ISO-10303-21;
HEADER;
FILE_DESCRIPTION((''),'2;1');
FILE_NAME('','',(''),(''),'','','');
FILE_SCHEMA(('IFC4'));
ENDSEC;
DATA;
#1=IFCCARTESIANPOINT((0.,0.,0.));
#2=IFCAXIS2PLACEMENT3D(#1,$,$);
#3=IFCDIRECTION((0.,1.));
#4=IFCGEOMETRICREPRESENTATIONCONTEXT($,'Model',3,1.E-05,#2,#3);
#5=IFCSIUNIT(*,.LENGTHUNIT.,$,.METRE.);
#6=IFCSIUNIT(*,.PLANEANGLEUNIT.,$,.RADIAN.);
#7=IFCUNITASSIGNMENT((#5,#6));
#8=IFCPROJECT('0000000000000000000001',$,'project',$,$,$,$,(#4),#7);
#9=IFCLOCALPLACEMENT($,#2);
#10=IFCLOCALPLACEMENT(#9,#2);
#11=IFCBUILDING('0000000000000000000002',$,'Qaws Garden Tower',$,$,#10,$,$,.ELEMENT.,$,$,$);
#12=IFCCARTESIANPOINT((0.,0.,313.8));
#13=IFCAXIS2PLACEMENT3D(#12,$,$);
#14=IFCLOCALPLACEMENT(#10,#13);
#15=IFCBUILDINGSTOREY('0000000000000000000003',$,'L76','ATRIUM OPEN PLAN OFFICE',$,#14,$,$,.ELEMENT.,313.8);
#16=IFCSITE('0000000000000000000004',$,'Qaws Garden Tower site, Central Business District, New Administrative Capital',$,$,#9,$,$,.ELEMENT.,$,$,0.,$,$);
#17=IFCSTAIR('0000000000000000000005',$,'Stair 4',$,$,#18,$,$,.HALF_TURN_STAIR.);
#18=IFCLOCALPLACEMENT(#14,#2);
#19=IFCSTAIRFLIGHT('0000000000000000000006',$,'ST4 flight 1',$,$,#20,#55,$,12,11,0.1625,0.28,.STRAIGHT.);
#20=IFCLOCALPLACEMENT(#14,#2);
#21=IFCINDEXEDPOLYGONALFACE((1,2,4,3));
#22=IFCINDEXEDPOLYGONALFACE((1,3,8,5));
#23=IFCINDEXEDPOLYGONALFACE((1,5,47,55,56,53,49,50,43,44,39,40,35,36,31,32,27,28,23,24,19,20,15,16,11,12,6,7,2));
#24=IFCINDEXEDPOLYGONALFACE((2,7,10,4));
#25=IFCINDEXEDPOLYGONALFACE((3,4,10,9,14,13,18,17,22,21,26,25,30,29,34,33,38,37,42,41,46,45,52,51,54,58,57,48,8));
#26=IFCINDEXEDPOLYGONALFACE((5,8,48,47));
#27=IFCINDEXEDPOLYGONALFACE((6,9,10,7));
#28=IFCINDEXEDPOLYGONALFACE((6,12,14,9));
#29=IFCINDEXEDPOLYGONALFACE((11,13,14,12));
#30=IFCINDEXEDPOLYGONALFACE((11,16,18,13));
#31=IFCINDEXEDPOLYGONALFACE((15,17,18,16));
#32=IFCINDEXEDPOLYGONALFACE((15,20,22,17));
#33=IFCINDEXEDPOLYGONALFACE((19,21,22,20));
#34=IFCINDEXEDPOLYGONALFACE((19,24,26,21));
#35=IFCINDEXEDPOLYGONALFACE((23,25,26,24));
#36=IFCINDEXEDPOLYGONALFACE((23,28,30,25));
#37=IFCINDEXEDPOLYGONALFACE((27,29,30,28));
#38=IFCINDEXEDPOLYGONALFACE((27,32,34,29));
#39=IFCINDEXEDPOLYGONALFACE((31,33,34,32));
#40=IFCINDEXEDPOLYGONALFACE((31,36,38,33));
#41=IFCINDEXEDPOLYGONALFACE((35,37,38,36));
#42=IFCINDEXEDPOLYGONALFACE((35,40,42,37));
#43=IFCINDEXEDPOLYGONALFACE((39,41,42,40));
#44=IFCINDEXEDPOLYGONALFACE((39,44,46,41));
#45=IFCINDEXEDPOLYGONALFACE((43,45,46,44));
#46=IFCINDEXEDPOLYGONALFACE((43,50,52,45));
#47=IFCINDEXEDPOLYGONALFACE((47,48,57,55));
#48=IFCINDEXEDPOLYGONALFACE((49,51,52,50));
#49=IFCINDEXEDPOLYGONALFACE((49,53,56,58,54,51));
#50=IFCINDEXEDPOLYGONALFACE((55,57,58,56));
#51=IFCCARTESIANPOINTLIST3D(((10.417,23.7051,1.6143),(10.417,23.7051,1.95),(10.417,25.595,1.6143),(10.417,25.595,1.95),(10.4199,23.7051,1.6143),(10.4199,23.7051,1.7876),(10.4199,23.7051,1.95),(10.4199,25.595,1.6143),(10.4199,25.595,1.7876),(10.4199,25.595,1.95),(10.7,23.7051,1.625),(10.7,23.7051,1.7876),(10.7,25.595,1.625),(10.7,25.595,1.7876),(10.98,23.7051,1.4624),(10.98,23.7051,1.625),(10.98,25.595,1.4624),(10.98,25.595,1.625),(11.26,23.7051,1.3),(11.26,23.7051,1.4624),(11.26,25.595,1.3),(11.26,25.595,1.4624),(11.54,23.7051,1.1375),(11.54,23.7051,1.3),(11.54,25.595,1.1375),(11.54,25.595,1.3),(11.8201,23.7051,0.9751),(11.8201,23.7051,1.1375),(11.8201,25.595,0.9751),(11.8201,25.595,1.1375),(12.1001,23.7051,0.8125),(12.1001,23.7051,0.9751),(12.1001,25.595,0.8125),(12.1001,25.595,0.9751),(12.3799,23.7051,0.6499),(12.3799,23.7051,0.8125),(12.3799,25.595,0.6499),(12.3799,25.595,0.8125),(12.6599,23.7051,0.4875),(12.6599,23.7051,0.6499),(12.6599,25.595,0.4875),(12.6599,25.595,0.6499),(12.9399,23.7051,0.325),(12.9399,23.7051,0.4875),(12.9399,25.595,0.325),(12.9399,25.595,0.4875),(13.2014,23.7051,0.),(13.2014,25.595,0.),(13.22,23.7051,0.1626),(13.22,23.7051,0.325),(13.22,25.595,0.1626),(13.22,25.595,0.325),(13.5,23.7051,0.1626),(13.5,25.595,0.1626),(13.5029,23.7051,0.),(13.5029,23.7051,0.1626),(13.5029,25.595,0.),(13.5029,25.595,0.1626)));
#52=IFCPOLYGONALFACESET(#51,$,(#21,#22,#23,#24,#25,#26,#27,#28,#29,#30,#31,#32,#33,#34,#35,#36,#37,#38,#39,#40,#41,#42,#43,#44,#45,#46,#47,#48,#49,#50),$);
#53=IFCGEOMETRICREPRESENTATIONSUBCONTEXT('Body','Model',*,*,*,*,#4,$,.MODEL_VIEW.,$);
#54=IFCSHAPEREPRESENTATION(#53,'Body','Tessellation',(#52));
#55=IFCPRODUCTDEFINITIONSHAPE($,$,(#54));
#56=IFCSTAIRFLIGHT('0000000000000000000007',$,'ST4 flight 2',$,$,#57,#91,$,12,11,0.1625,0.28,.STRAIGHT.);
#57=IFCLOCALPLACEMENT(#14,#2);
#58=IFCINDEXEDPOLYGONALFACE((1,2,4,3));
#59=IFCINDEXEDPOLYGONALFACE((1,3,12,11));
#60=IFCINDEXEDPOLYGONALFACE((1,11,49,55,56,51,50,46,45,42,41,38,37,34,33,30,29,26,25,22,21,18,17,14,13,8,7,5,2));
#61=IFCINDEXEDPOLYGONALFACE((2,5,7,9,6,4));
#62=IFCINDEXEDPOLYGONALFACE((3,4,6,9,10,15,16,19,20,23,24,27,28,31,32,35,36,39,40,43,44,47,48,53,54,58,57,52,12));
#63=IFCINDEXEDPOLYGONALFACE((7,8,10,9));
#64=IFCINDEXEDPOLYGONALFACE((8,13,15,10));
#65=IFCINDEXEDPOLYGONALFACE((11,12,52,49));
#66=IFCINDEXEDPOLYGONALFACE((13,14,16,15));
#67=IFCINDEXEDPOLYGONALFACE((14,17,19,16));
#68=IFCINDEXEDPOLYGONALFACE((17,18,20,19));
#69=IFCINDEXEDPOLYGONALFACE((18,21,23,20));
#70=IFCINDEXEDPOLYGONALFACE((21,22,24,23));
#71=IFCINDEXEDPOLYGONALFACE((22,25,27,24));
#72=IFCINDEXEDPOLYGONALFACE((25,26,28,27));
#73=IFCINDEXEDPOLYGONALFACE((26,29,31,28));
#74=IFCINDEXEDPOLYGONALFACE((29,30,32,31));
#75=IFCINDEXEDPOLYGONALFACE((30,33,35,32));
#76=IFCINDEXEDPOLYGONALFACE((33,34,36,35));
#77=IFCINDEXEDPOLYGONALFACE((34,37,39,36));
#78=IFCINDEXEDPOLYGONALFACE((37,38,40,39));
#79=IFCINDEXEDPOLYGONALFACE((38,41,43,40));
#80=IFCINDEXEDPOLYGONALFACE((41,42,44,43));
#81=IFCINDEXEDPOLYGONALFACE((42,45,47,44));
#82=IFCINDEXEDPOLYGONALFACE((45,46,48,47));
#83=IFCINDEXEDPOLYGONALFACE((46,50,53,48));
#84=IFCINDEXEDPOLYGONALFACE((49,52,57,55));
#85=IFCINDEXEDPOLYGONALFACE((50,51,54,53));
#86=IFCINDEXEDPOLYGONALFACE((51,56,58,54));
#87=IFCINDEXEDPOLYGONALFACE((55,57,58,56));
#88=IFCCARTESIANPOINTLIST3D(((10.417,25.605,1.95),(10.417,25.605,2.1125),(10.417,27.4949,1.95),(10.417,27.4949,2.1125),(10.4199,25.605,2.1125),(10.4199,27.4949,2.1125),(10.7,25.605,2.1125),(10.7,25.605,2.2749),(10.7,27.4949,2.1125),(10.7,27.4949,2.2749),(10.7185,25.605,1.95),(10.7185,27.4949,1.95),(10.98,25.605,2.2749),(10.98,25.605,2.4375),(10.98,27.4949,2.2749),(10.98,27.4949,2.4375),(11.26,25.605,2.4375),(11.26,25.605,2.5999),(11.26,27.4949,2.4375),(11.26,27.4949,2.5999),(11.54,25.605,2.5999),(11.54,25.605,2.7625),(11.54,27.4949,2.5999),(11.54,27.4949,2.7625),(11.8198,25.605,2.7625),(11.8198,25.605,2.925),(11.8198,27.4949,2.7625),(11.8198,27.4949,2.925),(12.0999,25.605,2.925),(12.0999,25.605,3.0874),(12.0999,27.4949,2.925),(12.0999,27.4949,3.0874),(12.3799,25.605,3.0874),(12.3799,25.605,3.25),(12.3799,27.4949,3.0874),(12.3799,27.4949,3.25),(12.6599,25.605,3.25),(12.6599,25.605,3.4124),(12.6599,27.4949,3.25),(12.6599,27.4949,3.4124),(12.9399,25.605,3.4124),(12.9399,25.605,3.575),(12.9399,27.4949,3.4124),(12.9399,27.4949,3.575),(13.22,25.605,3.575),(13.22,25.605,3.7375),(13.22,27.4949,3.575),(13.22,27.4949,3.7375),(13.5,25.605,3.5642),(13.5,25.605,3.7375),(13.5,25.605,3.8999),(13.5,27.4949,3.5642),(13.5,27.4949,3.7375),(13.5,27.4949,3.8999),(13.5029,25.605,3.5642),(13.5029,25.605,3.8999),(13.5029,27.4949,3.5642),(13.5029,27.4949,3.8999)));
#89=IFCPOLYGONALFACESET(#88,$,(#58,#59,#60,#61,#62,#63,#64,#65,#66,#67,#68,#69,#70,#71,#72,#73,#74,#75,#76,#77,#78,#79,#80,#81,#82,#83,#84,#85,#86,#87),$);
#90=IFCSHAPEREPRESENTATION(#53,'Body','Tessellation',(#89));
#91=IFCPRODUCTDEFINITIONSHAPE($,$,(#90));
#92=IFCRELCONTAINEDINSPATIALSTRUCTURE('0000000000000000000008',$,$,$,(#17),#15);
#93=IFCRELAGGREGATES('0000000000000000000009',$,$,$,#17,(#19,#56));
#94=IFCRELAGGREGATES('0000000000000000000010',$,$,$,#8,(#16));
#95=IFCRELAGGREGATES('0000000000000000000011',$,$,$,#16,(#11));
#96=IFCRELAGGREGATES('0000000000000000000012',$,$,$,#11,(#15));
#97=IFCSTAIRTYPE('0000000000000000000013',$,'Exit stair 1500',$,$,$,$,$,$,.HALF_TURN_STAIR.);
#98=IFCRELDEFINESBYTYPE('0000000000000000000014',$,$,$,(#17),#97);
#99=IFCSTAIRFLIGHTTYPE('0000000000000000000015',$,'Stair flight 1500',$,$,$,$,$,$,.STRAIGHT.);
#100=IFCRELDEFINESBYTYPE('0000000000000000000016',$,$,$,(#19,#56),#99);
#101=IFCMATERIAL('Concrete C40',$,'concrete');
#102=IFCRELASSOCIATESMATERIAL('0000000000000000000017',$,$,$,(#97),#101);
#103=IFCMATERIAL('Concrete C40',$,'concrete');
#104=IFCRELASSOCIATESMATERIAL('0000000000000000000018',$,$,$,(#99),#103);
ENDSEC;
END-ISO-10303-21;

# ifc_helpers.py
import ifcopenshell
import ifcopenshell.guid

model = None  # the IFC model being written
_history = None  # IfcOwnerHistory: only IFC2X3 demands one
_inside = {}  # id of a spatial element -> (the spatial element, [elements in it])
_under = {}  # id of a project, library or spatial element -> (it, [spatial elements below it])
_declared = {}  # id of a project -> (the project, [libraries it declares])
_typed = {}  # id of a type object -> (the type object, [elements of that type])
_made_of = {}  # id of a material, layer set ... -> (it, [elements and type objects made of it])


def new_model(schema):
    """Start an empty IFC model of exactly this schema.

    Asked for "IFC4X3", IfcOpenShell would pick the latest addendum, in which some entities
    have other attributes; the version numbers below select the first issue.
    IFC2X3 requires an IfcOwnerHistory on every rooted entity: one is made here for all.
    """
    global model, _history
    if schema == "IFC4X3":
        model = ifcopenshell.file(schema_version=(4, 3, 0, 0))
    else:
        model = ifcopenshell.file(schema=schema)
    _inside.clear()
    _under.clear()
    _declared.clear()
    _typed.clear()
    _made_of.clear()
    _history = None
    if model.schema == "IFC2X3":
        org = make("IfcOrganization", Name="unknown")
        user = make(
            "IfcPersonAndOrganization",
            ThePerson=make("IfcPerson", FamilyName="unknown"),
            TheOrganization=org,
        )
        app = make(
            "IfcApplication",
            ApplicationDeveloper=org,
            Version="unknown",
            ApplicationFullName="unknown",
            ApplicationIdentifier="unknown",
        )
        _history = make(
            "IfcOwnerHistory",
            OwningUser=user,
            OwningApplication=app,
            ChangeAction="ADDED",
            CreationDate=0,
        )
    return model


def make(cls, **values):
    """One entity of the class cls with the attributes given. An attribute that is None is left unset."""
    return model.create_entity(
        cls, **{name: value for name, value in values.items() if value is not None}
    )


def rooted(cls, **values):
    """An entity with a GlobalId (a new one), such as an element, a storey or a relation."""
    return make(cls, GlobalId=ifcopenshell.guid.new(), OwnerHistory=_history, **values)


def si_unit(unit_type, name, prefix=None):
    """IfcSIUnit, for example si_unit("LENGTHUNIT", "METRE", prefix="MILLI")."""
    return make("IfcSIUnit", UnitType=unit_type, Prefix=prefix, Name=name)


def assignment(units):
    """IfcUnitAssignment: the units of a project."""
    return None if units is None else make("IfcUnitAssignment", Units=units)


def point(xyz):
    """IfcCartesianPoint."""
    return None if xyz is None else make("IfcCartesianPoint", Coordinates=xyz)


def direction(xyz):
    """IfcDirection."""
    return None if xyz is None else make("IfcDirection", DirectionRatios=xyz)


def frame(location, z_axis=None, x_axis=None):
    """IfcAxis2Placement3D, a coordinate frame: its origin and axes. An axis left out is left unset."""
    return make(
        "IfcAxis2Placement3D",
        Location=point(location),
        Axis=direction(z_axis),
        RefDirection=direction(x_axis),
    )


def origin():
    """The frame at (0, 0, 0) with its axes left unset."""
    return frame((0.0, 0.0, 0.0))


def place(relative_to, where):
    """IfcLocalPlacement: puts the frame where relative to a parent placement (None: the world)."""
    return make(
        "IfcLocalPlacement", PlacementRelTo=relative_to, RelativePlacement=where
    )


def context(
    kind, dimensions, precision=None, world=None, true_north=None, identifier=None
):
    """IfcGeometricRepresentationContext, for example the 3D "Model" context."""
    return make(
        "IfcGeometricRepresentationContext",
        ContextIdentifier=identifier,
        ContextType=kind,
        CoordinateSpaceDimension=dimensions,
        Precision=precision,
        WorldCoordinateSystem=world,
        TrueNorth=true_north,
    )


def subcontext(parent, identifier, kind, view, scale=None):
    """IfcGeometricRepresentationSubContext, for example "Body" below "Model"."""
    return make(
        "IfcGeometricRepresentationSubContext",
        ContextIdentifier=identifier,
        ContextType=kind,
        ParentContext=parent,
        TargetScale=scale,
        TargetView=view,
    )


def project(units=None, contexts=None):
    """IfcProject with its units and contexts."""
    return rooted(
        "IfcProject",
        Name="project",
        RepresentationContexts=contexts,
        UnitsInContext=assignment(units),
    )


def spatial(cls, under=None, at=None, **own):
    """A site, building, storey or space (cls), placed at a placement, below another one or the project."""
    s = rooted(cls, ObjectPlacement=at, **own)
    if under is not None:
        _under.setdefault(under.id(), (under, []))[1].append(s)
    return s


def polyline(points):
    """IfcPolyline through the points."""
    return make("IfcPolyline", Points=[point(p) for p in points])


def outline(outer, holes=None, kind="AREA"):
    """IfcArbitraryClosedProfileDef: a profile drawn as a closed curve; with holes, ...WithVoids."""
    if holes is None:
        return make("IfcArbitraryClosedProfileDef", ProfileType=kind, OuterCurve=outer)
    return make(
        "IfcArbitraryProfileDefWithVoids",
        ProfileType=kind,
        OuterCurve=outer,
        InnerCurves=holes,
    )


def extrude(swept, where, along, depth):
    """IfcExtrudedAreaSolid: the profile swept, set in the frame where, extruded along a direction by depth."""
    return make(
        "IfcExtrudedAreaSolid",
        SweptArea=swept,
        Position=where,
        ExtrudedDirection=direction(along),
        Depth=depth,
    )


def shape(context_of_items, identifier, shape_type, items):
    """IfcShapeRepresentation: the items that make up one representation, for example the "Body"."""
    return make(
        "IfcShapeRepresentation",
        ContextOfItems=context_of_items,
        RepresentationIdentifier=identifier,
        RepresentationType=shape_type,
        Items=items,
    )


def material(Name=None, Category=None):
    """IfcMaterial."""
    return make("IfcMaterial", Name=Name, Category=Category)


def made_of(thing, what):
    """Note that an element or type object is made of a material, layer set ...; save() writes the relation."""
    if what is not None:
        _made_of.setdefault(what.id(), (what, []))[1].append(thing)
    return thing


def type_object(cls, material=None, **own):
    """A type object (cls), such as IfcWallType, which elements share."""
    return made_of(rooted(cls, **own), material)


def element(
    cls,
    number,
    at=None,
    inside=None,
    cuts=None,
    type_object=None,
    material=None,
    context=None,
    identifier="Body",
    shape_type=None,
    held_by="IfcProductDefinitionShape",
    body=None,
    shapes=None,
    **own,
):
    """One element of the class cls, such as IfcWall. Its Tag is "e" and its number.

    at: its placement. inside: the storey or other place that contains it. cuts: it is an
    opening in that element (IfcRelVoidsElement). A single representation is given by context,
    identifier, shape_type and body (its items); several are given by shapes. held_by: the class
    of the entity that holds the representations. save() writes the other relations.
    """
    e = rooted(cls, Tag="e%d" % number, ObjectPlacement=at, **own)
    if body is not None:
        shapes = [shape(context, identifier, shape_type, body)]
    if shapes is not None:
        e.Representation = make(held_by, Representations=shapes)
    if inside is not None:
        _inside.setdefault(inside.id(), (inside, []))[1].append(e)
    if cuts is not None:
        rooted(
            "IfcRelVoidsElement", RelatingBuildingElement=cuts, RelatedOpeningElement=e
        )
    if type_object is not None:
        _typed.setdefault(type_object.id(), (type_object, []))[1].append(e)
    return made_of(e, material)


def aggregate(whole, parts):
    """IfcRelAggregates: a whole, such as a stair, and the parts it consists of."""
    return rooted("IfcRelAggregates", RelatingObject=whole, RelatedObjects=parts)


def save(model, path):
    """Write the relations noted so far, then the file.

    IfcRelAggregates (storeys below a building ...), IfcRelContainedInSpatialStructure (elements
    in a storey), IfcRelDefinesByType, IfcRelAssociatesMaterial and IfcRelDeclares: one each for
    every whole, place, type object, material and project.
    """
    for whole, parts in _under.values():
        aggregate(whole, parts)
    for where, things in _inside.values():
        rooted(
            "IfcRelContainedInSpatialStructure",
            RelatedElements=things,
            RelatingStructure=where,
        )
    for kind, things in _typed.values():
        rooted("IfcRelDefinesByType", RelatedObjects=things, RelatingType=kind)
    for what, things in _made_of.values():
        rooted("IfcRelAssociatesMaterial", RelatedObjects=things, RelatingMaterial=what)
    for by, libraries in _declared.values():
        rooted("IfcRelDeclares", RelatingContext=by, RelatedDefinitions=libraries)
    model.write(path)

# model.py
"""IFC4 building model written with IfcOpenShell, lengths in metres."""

from ifc_helpers import new_model, si_unit, direction, frame, origin, place, context, subcontext, project, spatial, polyline, outline, extrude, material, type_object, element, aggregate, save


model = new_model("IFC4")

# Units and contexts
model_context = context("Model", 3, precision=1e-05, world=origin(), true_north=direction((0.0, 1.0)))
body_context = subcontext(model_context, "Body", "Model", "MODEL_VIEW")
ifc_project = project(units=[si_unit("LENGTHUNIT", "METRE"), si_unit("PLANEANGLEUNIT", "RADIAN")], contexts=[model_context])

# Site, building, storey
site_placement = place(None, origin())
site = spatial("IfcSite", under=ifc_project, at=site_placement, Name="Qaws Garden Tower site, Central Business District, New Administrative Capital", CompositionType="ELEMENT", RefElevation=0.0)
building_placement = place(site_placement, origin())
building = spatial("IfcBuilding", under=site, at=building_placement, Name="Qaws Garden Tower", CompositionType="ELEMENT")
storey_placement = place(building_placement, frame((0.0, 0.0, 313.8)))
storey = spatial("IfcBuildingStorey", under=building, at=storey_placement, Name="L76", Description="ATRIUM OPEN PLAN OFFICE", CompositionType="ELEMENT", Elevation=313.8)

# Stair, stair flights
ifc_material_1 = material(Name="Concrete C40", Category="concrete")
stair_type = type_object("IfcStairType", Name="Exit stair 1500", PredefinedType="HALF_TURN_STAIR", material=ifc_material_1)
stair_placement = place(storey_placement, origin())
stair = element("IfcStair", 1, at=stair_placement, inside=storey, type_object=stair_type, Name="Stair 4", PredefinedType="HALF_TURN_STAIR")
ifc_material_2 = material(Name="Concrete C40", Category="concrete")
stair_flight_type = type_object("IfcStairFlightType", Name="Stair flight 1500", PredefinedType="STRAIGHT", material=ifc_material_2)
stair_flight_1_placement = place(storey_placement, frame((13.5, 24.6499, 0.0), z_axis=(0.0, 0.0, 1.0), x_axis=(-1.0, 0.0, 0.0)))
stair_flight_1 = element("IfcStairFlight", 2, at=stair_flight_1_placement, type_object=stair_flight_type, Name="ST4 flight 1", NumberOfRisers=12, NumberOfTreads=11, PredefinedType="STRAIGHT", RiserHeight=0.1625, TreadLength=0.28, context=body_context, shape_type="SweptSolid", body=[
    extrude(outline(polyline([(-0.0029, 0.0), (-0.0029, 0.1626), (0.0, 0.1626), (0.28, 0.1626), (0.28, 0.325), (0.5601, 0.325), (0.5601, 0.4875), (0.8401, 0.4875), (0.8401, 0.6499), (1.1201, 0.6499), (1.1201, 0.8125), (1.3999, 0.8125), (1.3999, 0.9751), (1.6799, 0.9751), (1.6799, 1.1375), (1.96, 1.1375), (1.96, 1.3), (2.24, 1.3), (2.24, 1.4624), (2.52, 1.4624), (2.52, 1.625), (2.8, 1.625), (2.8, 1.7876), (3.0801, 1.7876), (3.0801, 1.95), (3.083, 1.95), (3.083, 1.6143), (3.0801, 1.6143), (0.2986, 0.0), (-0.0029, 0.0)])), frame((0.0, 0.9448, 0.0), z_axis=(0.0, -1.0, 0.0), x_axis=(1.0, 0.0, 0.0)), (0.0, 0.0, 1.0), 1.8899),
])
stair_flight_2_placement = place(storey_placement, frame((10.4199, 26.55, 1.95), z_axis=(0.0, 0.0, 1.0), x_axis=(1.0, 0.0, 0.0)))
stair_flight_2 = element("IfcStairFlight", 3, at=stair_flight_2_placement, type_object=stair_flight_type, Name="ST4 flight 2", NumberOfRisers=12, NumberOfTreads=11, PredefinedType="STRAIGHT", RiserHeight=0.1625, TreadLength=0.28, context=body_context, shape_type="SweptSolid", body=[
    extrude(outline(polyline([(-0.0029, 0.0), (-0.0029, 0.1626), (0.0, 0.1626), (0.28, 0.1626), (0.28, 0.325), (0.5601, 0.325), (0.5601, 0.4875), (0.8401, 0.4875), (0.8401, 0.6499), (1.1201, 0.6499), (1.1201, 0.8125), (1.3999, 0.8125), (1.3999, 0.9751), (1.6799, 0.9751), (1.6799, 1.1375), (1.96, 1.1375), (1.96, 1.3), (2.24, 1.3), (2.24, 1.4624), (2.52, 1.4624), (2.52, 1.625), (2.8, 1.625), (2.8, 1.7876), (3.0801, 1.7876), (3.0801, 1.95), (3.083, 1.95), (3.083, 1.6143), (3.0801, 1.6143), (0.2986, 0.0), (-0.0029, 0.0)])), frame((0.0, 0.9448, 0.0), z_axis=(0.0, -1.0, 0.0), x_axis=(1.0, 0.0, 0.0)), (0.0, 0.0, 1.0), 1.8899),
])
aggregate(stair, [stair_flight_1, stair_flight_2])

save(model, "model.ifc")
